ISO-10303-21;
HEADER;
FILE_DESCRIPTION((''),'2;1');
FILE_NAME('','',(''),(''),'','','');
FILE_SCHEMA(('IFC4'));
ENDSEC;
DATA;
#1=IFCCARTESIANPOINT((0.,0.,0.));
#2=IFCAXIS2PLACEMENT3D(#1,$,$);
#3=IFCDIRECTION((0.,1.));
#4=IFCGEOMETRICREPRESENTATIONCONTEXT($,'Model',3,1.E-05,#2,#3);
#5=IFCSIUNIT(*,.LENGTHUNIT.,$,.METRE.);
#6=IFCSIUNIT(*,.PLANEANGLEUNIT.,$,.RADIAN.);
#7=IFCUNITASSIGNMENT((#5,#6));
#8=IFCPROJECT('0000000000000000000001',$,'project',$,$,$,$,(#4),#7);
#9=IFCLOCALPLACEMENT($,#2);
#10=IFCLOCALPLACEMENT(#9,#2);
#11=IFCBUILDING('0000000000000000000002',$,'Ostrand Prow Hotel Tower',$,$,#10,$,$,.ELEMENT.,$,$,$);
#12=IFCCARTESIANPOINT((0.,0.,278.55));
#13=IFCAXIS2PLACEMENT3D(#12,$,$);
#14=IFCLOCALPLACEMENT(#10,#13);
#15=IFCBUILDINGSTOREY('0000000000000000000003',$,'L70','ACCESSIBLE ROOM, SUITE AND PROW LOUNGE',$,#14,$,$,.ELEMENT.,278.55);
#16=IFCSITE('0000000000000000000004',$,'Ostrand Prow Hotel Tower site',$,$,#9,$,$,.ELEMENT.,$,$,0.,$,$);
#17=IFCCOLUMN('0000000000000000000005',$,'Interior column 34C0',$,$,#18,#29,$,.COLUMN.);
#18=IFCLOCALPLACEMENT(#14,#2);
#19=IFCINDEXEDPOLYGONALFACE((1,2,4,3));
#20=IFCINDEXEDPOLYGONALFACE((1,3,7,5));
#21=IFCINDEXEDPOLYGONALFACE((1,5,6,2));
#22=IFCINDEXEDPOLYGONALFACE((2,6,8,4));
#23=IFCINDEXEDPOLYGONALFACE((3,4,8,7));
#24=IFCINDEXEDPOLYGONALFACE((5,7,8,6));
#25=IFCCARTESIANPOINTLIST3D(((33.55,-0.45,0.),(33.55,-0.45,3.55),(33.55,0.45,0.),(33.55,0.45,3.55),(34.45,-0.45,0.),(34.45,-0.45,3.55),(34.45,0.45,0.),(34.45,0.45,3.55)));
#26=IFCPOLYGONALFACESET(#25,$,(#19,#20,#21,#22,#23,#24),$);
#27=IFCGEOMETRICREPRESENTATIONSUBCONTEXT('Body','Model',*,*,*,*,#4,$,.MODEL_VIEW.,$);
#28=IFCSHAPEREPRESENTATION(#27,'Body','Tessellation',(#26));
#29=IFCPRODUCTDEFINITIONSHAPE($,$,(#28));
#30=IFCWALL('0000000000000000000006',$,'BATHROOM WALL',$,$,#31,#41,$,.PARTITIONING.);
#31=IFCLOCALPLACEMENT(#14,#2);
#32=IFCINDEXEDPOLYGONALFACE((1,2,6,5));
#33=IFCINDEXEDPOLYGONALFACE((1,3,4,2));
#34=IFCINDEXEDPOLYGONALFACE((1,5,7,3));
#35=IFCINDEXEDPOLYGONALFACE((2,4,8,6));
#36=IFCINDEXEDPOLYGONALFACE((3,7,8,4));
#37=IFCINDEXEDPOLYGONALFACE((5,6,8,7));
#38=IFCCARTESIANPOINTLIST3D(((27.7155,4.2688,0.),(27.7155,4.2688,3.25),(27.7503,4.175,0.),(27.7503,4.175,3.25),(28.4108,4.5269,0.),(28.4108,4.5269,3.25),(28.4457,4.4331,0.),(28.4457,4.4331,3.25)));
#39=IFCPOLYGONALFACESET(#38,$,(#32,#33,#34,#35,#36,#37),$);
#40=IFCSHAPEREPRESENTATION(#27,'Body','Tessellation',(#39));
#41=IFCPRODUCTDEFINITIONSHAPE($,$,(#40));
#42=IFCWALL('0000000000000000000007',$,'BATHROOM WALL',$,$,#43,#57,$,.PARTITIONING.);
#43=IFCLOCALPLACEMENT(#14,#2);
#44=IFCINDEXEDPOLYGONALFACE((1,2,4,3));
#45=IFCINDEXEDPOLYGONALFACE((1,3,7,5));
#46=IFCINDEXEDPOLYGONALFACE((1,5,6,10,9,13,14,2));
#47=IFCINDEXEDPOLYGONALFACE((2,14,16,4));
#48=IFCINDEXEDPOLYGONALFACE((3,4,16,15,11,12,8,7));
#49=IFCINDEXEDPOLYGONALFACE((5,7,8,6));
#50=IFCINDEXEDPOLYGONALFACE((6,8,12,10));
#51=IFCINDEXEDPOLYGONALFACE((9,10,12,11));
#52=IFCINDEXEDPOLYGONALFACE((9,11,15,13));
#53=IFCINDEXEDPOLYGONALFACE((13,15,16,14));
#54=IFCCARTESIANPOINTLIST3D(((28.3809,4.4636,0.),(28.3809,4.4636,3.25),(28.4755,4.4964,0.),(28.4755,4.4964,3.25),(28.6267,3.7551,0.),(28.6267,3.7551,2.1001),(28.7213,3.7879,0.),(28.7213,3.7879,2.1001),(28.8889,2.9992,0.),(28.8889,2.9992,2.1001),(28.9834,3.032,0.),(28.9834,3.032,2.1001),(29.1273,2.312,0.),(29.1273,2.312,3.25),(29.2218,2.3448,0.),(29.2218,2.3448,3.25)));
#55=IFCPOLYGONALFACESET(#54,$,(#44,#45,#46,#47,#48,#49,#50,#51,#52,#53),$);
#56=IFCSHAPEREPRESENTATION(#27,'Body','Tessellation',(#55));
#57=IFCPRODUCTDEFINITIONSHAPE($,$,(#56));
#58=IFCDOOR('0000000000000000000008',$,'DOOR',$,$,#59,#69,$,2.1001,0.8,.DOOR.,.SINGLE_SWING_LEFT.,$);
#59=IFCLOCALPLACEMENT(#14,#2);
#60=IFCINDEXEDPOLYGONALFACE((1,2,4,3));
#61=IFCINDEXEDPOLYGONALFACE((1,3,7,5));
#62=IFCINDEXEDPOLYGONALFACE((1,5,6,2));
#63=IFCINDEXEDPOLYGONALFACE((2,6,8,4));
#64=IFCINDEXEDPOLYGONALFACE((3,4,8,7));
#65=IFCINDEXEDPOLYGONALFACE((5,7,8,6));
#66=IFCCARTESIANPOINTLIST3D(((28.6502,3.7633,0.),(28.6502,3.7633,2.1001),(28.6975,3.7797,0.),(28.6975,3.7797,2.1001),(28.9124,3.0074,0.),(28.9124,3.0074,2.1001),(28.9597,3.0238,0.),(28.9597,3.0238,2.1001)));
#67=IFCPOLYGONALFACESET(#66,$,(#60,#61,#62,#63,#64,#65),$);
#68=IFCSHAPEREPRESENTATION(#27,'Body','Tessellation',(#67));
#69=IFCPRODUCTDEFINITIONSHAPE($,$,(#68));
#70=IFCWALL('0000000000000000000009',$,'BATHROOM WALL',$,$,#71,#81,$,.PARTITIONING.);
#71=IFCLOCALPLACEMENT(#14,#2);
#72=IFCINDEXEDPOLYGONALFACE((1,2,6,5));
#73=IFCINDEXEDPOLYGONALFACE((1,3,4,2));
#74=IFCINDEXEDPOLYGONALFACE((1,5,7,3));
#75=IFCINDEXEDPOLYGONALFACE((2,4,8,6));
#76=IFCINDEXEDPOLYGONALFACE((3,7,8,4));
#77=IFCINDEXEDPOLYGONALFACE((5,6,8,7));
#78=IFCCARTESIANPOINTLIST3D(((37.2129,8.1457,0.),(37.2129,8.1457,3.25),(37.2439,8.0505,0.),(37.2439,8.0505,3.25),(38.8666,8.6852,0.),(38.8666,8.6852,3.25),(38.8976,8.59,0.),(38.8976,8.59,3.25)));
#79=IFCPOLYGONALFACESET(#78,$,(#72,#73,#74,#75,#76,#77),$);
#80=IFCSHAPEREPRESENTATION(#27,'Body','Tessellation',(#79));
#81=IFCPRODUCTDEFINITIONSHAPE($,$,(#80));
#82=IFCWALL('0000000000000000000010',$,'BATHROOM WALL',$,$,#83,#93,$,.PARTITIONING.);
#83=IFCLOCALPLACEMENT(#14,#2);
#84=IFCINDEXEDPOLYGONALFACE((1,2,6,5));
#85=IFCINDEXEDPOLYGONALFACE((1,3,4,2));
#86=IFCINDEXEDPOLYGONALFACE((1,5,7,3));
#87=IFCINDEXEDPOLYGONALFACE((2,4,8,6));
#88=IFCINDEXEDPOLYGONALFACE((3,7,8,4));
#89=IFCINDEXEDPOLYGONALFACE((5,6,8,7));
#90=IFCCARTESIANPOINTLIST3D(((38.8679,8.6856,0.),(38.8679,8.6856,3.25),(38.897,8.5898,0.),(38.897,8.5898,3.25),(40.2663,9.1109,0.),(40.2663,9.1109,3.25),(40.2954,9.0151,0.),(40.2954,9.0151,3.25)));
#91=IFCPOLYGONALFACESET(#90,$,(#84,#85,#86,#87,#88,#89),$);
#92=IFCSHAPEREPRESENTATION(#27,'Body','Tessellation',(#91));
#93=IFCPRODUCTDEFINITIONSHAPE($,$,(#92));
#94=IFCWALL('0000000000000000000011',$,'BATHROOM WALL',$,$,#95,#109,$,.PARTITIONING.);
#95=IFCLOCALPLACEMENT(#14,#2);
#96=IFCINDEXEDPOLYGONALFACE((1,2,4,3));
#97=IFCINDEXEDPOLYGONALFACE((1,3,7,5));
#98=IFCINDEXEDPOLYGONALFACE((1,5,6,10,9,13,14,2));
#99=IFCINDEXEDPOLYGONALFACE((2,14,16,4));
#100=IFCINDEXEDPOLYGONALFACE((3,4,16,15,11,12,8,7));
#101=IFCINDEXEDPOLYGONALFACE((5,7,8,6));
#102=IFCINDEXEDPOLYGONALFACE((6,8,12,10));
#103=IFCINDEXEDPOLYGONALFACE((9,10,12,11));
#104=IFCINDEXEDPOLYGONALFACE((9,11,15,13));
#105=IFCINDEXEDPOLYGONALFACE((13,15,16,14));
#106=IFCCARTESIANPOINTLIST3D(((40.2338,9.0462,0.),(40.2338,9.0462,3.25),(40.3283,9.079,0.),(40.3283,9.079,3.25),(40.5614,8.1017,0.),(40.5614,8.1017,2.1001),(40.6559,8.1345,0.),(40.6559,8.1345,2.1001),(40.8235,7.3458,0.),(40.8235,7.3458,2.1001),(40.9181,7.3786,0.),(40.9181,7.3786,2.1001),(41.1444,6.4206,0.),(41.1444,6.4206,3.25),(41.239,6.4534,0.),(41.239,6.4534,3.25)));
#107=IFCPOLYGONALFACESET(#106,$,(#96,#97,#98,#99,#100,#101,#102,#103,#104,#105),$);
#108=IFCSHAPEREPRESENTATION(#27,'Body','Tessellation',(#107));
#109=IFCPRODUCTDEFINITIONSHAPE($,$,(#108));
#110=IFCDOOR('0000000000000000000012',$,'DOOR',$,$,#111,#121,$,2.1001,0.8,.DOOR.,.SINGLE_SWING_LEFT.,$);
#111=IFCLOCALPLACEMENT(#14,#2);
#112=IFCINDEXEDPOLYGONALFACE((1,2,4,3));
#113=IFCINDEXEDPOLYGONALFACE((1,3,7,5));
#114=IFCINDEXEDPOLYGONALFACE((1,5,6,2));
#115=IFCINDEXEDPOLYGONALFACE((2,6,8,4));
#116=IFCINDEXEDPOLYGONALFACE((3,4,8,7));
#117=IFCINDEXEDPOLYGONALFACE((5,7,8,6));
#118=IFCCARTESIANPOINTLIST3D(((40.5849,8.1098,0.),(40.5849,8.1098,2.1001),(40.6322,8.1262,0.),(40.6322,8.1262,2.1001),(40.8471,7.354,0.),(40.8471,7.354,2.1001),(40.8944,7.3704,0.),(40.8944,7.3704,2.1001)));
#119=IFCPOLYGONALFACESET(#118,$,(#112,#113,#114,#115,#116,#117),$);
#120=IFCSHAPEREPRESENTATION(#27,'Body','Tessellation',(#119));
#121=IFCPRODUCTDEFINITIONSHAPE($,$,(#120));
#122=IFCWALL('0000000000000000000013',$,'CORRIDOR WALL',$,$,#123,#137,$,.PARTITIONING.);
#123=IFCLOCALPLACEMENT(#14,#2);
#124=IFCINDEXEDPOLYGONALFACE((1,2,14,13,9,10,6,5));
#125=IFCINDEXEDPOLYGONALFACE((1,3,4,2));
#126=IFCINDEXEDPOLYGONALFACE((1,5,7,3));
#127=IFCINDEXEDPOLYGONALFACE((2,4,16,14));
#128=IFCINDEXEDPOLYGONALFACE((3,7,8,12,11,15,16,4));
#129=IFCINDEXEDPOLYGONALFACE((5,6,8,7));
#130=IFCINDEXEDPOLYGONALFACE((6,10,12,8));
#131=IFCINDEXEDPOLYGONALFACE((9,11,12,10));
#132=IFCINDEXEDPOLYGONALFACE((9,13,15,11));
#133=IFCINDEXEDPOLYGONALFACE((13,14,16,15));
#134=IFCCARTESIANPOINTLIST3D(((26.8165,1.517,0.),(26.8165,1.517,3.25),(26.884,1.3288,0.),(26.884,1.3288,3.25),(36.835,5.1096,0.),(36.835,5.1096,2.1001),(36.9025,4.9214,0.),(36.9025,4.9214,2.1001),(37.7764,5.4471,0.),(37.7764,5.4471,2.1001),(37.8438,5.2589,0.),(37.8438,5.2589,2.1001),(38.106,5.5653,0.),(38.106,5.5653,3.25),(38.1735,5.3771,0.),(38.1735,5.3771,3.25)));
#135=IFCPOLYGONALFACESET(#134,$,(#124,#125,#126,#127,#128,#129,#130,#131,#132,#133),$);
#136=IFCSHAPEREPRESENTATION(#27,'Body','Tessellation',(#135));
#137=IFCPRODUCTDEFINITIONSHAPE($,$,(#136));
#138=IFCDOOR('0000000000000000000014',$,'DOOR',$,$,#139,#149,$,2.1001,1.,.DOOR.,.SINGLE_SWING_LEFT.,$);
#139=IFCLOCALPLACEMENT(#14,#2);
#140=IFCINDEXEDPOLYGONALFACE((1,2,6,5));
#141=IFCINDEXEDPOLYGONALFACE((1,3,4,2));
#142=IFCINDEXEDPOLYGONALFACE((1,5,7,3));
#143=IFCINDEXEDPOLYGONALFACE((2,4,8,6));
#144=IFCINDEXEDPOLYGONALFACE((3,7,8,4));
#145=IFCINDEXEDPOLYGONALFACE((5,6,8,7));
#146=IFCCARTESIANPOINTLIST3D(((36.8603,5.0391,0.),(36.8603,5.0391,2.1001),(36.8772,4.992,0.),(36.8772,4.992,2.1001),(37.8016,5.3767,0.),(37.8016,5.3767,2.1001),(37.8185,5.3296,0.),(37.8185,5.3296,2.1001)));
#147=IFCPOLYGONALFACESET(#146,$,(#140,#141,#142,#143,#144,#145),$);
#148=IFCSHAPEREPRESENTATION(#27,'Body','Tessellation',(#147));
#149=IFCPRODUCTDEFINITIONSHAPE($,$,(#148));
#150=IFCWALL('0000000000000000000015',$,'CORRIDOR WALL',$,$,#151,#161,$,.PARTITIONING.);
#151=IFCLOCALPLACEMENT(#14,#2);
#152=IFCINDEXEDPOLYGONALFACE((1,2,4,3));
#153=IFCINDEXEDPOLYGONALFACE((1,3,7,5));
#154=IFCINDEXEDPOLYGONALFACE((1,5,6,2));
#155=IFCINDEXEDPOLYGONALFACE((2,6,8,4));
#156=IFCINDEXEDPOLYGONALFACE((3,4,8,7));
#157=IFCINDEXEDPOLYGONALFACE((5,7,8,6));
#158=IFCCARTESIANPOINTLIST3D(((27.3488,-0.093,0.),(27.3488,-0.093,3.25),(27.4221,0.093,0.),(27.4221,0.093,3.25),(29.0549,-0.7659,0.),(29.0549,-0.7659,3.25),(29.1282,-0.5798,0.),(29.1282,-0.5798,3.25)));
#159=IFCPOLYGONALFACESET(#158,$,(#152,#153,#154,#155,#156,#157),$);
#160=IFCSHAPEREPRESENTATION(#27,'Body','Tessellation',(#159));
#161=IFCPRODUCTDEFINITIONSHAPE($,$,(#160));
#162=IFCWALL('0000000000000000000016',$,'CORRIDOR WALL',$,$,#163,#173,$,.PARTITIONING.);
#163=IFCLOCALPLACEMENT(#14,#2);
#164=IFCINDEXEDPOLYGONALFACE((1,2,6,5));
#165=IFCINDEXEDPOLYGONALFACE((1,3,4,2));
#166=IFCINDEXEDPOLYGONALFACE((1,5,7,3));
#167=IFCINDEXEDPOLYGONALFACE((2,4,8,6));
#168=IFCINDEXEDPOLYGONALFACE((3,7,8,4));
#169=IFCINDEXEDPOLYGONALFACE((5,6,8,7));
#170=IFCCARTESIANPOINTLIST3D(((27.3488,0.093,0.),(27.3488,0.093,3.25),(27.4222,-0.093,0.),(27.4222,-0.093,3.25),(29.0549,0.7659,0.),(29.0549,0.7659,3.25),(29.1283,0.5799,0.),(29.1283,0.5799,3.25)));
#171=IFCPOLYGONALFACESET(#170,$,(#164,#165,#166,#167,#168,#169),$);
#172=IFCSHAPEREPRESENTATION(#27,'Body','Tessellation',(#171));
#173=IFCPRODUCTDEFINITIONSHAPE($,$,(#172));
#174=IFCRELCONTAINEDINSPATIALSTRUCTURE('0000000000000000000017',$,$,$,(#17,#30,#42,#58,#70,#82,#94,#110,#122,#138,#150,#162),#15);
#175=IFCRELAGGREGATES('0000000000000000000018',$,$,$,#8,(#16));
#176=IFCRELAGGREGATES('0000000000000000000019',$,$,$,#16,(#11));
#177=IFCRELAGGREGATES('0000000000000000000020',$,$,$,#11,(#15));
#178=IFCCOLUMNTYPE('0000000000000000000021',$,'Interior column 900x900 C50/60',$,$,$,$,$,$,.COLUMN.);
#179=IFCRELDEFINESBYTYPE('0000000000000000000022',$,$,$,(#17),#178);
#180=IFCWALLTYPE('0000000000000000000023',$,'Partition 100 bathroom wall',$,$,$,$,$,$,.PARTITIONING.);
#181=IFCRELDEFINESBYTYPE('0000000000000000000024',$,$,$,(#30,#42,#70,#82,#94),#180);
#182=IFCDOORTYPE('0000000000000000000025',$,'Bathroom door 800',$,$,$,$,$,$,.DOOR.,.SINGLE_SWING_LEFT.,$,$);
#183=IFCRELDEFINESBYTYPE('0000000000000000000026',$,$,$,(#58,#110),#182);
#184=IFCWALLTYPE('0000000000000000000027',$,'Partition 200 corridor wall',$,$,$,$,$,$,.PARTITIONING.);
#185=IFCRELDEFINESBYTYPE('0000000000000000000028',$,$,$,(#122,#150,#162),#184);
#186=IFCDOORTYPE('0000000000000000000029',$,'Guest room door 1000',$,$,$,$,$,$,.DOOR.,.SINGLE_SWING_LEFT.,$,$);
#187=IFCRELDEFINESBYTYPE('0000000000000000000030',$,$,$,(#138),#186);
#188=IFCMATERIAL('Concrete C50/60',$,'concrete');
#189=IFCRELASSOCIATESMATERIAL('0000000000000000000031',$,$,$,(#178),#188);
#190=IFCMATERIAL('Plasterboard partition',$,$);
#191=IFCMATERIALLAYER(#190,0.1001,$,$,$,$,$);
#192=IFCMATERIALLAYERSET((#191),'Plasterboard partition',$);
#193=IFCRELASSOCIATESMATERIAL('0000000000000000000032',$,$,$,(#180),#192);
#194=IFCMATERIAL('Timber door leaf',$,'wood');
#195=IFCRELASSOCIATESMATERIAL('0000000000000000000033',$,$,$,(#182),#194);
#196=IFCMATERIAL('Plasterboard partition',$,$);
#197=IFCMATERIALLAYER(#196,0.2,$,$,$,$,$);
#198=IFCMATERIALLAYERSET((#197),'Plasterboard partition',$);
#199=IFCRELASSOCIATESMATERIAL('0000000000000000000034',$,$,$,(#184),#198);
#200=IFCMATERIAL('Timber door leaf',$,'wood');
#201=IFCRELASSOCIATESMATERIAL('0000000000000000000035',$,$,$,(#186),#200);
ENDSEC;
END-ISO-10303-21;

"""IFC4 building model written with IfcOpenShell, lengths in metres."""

from ifc_helpers import new_model, si_unit, direction, frame, frame_2d, origin, origin_2d, place, context, subcontext, project, spatial, rectangle, extrude, material, layer, layer_set, material_profile, profile_set, type_object, element, fill, save


model = new_model("IFC4")

# Units and contexts
model_context = context("Model", 3, precision=1e-05, world=origin(), true_north=direction((0.0, 1.0)))
body_context = subcontext(model_context, "Body", "Model", "MODEL_VIEW")
ifc_project = project(units=[si_unit("LENGTHUNIT", "METRE"), si_unit("PLANEANGLEUNIT", "RADIAN")], contexts=[model_context])

# Site, building, storey
site_placement = place(None, origin())
site = spatial("IfcSite", under=ifc_project, at=site_placement, Name="Ostrand Prow Hotel Tower site", CompositionType="ELEMENT", RefElevation=0.0)
building_placement = place(site_placement, origin())
building = spatial("IfcBuilding", under=site, at=building_placement, Name="Ostrand Prow Hotel Tower", CompositionType="ELEMENT")
storey_placement = place(building_placement, frame((0.0, 0.0, 278.55)))
storey = spatial("IfcBuildingStorey", under=building, at=storey_placement, Name="L70", Description="ACCESSIBLE ROOM, SUITE AND PROW LOUNGE", CompositionType="ELEMENT", Elevation=278.55)

# Column
ifc_material_1 = material(Name="Concrete C50/60", Category="concrete")
ifc_material_profile = material_profile(ifc_material_1, rectangle(XDim=0.8999, YDim=0.8999, at=origin_2d()), Name="RC 900x900")
ifc_profile_set = profile_set([ifc_material_profile], Name="Concrete C50/60")
column_type = type_object("IfcColumnType", Name="Interior column 900x900 C50/60", PredefinedType="COLUMN", material=ifc_profile_set)
column_placement = place(storey_placement, frame((34.0, 0.0, 0.0), z_axis=(0.0, 0.0, 1.0), x_axis=(1.0, 0.0, 0.0)))
element("IfcColumn", 1, at=column_placement, inside=storey, type_object=column_type, Name="Interior column 34C0", PredefinedType="COLUMN", context=body_context, shape_type="SweptSolid", body=[
    extrude(rectangle(XDim=0.8999, YDim=0.8999, at=origin_2d()), origin(), (0.0, 0.0, 1.0), 3.55),
])

# Wall
ifc_material_2 = material(Name="Plasterboard partition")
ifc_layer_1 = layer(ifc_material_2, 0.1001)
ifc_layer_set_1 = layer_set([ifc_layer_1], Name="Plasterboard partition")
wall_type_1 = type_object("IfcWallType", Name="Partition 100 bathroom wall", PredefinedType="PARTITIONING", material=ifc_layer_set_1)
wall_1_placement = place(storey_placement, frame((27.7329, 4.2219, 0.0), z_axis=(0.0, 0.0, 1.0), x_axis=(0.937514, 0.347947, 0.0)))
element("IfcWall", 2, at=wall_1_placement, inside=storey, type_object=wall_type_1, Name="BATHROOM WALL", PredefinedType="PARTITIONING", context=body_context, shape_type="SweptSolid", body=[
    extrude(rectangle(XDim=0.7417, YDim=0.1001, at=frame_2d((0.3708, 0.0))), origin(), (0.0, 0.0, 1.0), 3.25),
])

# Wall, opening, door
wall_2_placement = place(storey_placement, frame((28.4282, 4.48, 0.0), z_axis=(0.0, 0.0, 1.0), x_axis=(0.327718, -0.944776, 0.0)))
wall_2 = element("IfcWall", 3, at=wall_2_placement, inside=storey, type_object=wall_type_1, Name="BATHROOM WALL", PredefinedType="PARTITIONING", context=body_context, shape_type="SweptSolid", body=[
    extrude(rectangle(XDim=2.2773, YDim=0.1001, at=frame_2d((1.1387, 0.0))), origin(), (0.0, 0.0, 1.0), 3.25),
])
opening_1_placement = place(wall_2_placement, frame((0.75, 0.0, 0.0)))
opening_1 = element("IfcOpeningElement", 4, at=opening_1_placement, cuts=wall_2, PredefinedType="OPENING", context=body_context, shape_type="SweptSolid", body=[
    extrude(rectangle(XDim=0.8, YDim=2.1001, at=frame_2d((0.3999, 1.05))), frame((0.0, 0.0601, 0.0), z_axis=(0.0, -1.0, 0.0), x_axis=(1.0, 0.0, 0.0)), (0.0, 0.0, 1.0), 0.1201),
])
ifc_material_3 = material(Name="Timber door leaf", Category="wood")
door_type_1 = type_object("IfcDoorType", Name="Bathroom door 800", OperationType="SINGLE_SWING_LEFT", PredefinedType="DOOR", material=ifc_material_3)
door_1_placement = place(opening_1_placement, origin())
door_1 = element("IfcDoor", 5, at=door_1_placement, inside=storey, type_object=door_type_1, Name="DOOR", OperationType="SINGLE_SWING_LEFT", OverallHeight=2.1001, OverallWidth=0.8, PredefinedType="DOOR", context=body_context, shape_type="SweptSolid", body=[
    extrude(rectangle(XDim=0.8, YDim=2.1001, at=frame_2d((0.3999, 1.05))), frame((0.0, 0.0249, 0.0), z_axis=(0.0, -1.0, 0.0), x_axis=(1.0, 0.0, 0.0)), (0.0, 0.0, 1.0), 0.05),
])
fill(opening_1, door_1)

# Walls
wall_3_placement = place(storey_placement, frame((37.2285, 8.0981, 0.0), z_axis=(0.0, 0.0, 1.0), x_axis=(0.950685, 0.310158, 0.0)))
element("IfcWall", 6, at=wall_3_placement, inside=storey, type_object=wall_type_1, Name="BATHROOM WALL", PredefinedType="PARTITIONING", context=body_context, shape_type="SweptSolid", body=[
    extrude(rectangle(XDim=1.7395, YDim=0.1001, at=frame_2d((0.8696, 0.0))), origin(), (0.0, 0.0, 1.0), 3.25),
])
wall_4_placement = place(storey_placement, frame((38.8823, 8.6377, 0.0), z_axis=(0.0, 0.0, 1.0), x_axis=(0.956735, 0.290962, 0.0)))
element("IfcWall", 7, at=wall_4_placement, inside=storey, type_object=wall_type_1, Name="BATHROOM WALL", PredefinedType="PARTITIONING", context=body_context, shape_type="SweptSolid", body=[
    extrude(rectangle(XDim=1.4617, YDim=0.1001, at=frame_2d((0.731, 0.0))), origin(), (0.0, 0.0, 1.0), 3.25),
])

# Walls, openings, doors
wall_5_placement = place(storey_placement, frame((40.281, 9.0627, 0.0), z_axis=(0.0, 0.0, 1.0), x_axis=(0.327696, -0.944783, 0.0)))
wall_5 = element("IfcWall", 8, at=wall_5_placement, inside=storey, type_object=wall_type_1, Name="BATHROOM WALL", PredefinedType="PARTITIONING", context=body_context, shape_type="SweptSolid", body=[
    extrude(rectangle(XDim=2.7791, YDim=0.1001, at=frame_2d((1.3896, 0.0))), origin(), (0.0, 0.0, 1.0), 3.25),
])
opening_2_placement = place(wall_5_placement, frame((1.0, 0.0, 0.0)))
opening_2 = element("IfcOpeningElement", 9, at=opening_2_placement, cuts=wall_5, PredefinedType="OPENING", context=body_context, shape_type="SweptSolid", body=[
    extrude(rectangle(XDim=0.8, YDim=2.1001, at=frame_2d((0.3999, 1.05))), frame((0.0, 0.0601, 0.0), z_axis=(0.0, -1.0, 0.0), x_axis=(1.0, 0.0, 0.0)), (0.0, 0.0, 1.0), 0.1201),
])
door_2_placement = place(opening_2_placement, origin())
door_2 = element("IfcDoor", 10, at=door_2_placement, inside=storey, type_object=door_type_1, Name="DOOR", OperationType="SINGLE_SWING_LEFT", OverallHeight=2.1001, OverallWidth=0.8, PredefinedType="DOOR", context=body_context, shape_type="SweptSolid", body=[
    extrude(rectangle(XDim=0.8, YDim=2.1001, at=frame_2d((0.3999, 1.05))), frame((0.0, 0.0249, 0.0), z_axis=(0.0, -1.0, 0.0), x_axis=(1.0, 0.0, 0.0)), (0.0, 0.0, 1.0), 0.05),
])
fill(opening_2, door_2)
ifc_material_4 = material(Name="Plasterboard partition")
ifc_layer_2 = layer(ifc_material_4, 0.2)
ifc_layer_set_2 = layer_set([ifc_layer_2], Name="Plasterboard partition")
wall_type_2 = type_object("IfcWallType", Name="Partition 200 corridor wall", PredefinedType="PARTITIONING", material=ifc_layer_set_2)
wall_6_placement = place(storey_placement, frame((38.1396, 5.4712, 0.0), z_axis=(0.0, 0.0, 1.0), x_axis=(-0.941309, -0.337546, 0.0)))
wall_6 = element("IfcWall", 11, at=wall_6_placement, inside=storey, type_object=wall_type_2, Name="CORRIDOR WALL", PredefinedType="PARTITIONING", context=body_context, shape_type="SweptSolid", body=[
    extrude(rectangle(XDim=11.9934, YDim=0.2, at=frame_2d((5.9966, 0.0))), origin(), (0.0, 0.0, 1.0), 3.25),
])
opening_3_placement = place(wall_6_placement, frame((0.3501, 0.0, 0.0)))
opening_3 = element("IfcOpeningElement", 12, at=opening_3_placement, cuts=wall_6, PredefinedType="OPENING", context=body_context, shape_type="SweptSolid", body=[
    extrude(rectangle(XDim=1.0, YDim=2.1001, at=frame_2d((0.5, 1.05))), frame((0.0, 0.1099, 0.0), z_axis=(0.0, -1.0, 0.0), x_axis=(1.0, 0.0, 0.0)), (0.0, 0.0, 1.0), 0.22),
])
ifc_material_5 = material(Name="Timber door leaf", Category="wood")
door_type_2 = type_object("IfcDoorType", Name="Guest room door 1000", OperationType="SINGLE_SWING_LEFT", PredefinedType="DOOR", material=ifc_material_5)
door_3_placement = place(opening_3_placement, origin())
door_3 = element("IfcDoor", 13, at=door_3_placement, inside=storey, type_object=door_type_2, Name="DOOR", OperationType="SINGLE_SWING_LEFT", OverallHeight=2.1001, OverallWidth=1.0, PredefinedType="DOOR", context=body_context, shape_type="SweptSolid", body=[
    extrude(rectangle(XDim=1.0, YDim=2.1001, at=frame_2d((0.5, 1.05))), frame((0.0, 0.0249, 0.0), z_axis=(0.0, -1.0, 0.0), x_axis=(1.0, 0.0, 0.0)), (0.0, 0.0, 1.0), 0.05),
])
fill(opening_3, door_3)

# Walls
for number, where, z_axis, x_axis, name in (
    (14, (29.0916, -0.6729, 0.0), (0.0, 0.0, 1.0), (-0.930265, 0.366888, 0.0), "CORRIDOR WALL"),
    (15, (27.3855, 0.0, 0.0), (0.0, 0.0, 1.0), (0.930265, 0.366888, 0.0), "CORRIDOR WALL"),
):
    element("IfcWall", number, at=place(storey_placement, frame(where, z_axis=z_axis, x_axis=x_axis)), inside=storey, type_object=wall_type_2, Name=name, PredefinedType="PARTITIONING", context=body_context, shape_type="SweptSolid", body=[
        extrude(rectangle(XDim=1.834, YDim=0.2, at=frame_2d((0.917, 0.0))), origin(), (0.0, 0.0, 1.0), 3.25),
    ])

save(model, "model.ifc")
